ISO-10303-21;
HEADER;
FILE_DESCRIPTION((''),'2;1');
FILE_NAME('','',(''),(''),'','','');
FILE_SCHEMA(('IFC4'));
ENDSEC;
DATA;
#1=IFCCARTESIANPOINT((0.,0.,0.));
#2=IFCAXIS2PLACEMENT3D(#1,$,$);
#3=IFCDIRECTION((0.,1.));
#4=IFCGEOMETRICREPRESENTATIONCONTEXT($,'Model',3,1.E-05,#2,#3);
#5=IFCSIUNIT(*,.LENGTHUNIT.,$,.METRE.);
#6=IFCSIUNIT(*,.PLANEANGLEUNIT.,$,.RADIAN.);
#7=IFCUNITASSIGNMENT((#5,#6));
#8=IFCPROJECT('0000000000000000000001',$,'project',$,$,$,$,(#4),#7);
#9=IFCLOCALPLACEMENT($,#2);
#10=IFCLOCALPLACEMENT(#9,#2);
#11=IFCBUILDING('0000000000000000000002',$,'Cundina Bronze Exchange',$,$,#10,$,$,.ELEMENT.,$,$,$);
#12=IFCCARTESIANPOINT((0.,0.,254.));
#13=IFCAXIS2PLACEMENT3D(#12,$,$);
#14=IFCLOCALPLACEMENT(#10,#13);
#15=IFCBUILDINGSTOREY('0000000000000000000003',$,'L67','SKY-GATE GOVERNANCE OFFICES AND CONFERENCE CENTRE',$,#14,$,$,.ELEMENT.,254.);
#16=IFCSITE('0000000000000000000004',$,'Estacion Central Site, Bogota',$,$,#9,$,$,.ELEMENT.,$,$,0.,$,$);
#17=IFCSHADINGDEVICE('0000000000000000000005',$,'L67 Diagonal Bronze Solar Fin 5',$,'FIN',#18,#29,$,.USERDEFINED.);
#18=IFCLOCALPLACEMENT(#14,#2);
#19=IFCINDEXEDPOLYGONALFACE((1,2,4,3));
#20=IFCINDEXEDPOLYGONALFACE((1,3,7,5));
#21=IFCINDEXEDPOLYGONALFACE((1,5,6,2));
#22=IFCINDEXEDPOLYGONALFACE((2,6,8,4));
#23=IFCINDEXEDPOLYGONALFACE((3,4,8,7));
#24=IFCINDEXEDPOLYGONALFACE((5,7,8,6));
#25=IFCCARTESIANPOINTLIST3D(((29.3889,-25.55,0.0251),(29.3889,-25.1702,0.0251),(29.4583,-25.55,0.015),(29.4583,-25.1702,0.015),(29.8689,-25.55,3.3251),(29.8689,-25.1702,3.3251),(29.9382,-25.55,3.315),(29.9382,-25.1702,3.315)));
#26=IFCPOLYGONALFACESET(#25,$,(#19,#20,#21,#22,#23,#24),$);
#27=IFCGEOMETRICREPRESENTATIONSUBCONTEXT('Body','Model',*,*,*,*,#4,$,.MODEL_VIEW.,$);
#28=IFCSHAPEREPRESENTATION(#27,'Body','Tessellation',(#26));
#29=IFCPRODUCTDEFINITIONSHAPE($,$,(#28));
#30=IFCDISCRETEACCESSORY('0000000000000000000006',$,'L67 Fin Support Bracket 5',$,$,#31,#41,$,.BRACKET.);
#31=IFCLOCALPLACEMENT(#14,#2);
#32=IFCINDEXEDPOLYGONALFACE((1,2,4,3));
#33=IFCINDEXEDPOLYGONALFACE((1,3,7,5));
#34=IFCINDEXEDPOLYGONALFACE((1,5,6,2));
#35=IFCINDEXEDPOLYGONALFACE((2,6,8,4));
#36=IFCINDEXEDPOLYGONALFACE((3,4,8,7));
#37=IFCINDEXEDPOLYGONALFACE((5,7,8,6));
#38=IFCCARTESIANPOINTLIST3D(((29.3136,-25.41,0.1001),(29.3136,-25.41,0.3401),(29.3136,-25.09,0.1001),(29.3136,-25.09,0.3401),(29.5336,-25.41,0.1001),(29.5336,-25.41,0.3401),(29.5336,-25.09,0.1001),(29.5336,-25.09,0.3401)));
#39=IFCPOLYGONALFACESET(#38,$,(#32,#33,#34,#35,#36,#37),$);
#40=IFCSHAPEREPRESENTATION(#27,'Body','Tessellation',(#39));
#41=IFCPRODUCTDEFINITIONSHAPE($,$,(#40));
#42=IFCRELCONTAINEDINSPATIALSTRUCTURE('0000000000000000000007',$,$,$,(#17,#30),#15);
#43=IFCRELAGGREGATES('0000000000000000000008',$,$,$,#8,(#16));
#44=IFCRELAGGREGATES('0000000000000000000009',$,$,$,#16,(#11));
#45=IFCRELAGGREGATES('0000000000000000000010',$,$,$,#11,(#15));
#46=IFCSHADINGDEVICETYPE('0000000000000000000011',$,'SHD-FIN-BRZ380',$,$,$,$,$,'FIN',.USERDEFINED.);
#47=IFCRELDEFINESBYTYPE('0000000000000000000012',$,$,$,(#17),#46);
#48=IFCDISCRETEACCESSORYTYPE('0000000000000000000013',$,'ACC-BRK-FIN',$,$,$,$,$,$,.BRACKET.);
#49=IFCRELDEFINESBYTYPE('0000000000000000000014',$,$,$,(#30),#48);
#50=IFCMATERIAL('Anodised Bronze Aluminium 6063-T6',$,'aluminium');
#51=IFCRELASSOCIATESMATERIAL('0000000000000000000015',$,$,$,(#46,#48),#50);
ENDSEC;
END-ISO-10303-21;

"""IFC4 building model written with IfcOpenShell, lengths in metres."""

from ifc_helpers import new_model, si_unit, direction, frame, origin, origin_2d, place, context, subcontext, project, spatial, rectangle, extrude, material, material_profile, profile_set, type_object, element, save


model = new_model("IFC4")

# Units and contexts
model_context = context("Model", 3, precision=1e-05, world=origin(), true_north=direction((0.0, 1.0)))
body_context = subcontext(model_context, "Body", "Model", "MODEL_VIEW")
ifc_project = project(units=[si_unit("LENGTHUNIT", "METRE"), si_unit("PLANEANGLEUNIT", "RADIAN")], contexts=[model_context])

# Site, building, storey
site_placement = place(None, origin())
site = spatial("IfcSite", under=ifc_project, at=site_placement, Name="Estacion Central Site, Bogota", CompositionType="ELEMENT", RefElevation=0.0)
building_placement = place(site_placement, origin())
building = spatial("IfcBuilding", under=site, at=building_placement, Name="Cundina Bronze Exchange", CompositionType="ELEMENT")
storey_placement = place(building_placement, frame((0.0, 0.0, 254.0)))
storey = spatial("IfcBuildingStorey", under=building, at=storey_placement, Name="L67", Description="SKY-GATE GOVERNANCE OFFICES AND CONFERENCE CENTRE", CompositionType="ELEMENT", Elevation=254.0)

# Shared definitions
ifc_material_1 = material(Name="Anodised Bronze Aluminium 6063-T6", Category="aluminium")

# Shading device
ifc_material_profile_1 = material_profile(ifc_material_1, rectangle(XDim=0.0701, YDim=0.3799, at=origin_2d()), Name="FIN70X380", Category="aluminium")
ifc_profile_set_1 = profile_set([ifc_material_profile_1], Name="Anodised Bronze Aluminium 6063-T6")
shading_device_type = type_object("IfcShadingDeviceType", Name="SHD-FIN-BRZ380", ElementType="FIN", PredefinedType="USERDEFINED", material=ifc_profile_set_1)
shading_device_placement = place(storey_placement, frame((29.4236, -25.3601, 0.02), z_axis=(0.143932, 0.0, 0.989588), x_axis=(-0.989588, 0.0, 0.143932)))
element("IfcShadingDevice", 1, at=shading_device_placement, inside=storey, type_object=shading_device_type, Name="L67 Diagonal Bronze Solar Fin 5", ObjectType="FIN", PredefinedType="USERDEFINED", context=body_context, shape_type="SweptSolid", body=[
    extrude(rectangle(XDim=0.0701, YDim=0.3799, at=origin_2d()), origin(), (0.0, 0.0, 1.0), 3.3347),
])

# Discrete accessory
discrete_accessory_type = type_object("IfcDiscreteAccessoryType", Name="ACC-BRK-FIN", PredefinedType="BRACKET", material=ifc_material_1)
discrete_accessory_placement = place(storey_placement, frame((29.4236, -25.25, 0.1001), z_axis=(0.0, 0.0, 1.0), x_axis=(1.0, 0.0, 0.0)))
element("IfcDiscreteAccessory", 2, at=discrete_accessory_placement, inside=storey, type_object=discrete_accessory_type, Name="L67 Fin Support Bracket 5", PredefinedType="BRACKET", context=body_context, shape_type="SweptSolid", body=[
    extrude(rectangle(XDim=0.22, YDim=0.3201, at=origin_2d()), origin(), (0.0, 0.0, 1.0), 0.24),
])

save(model, "model.ifc")
